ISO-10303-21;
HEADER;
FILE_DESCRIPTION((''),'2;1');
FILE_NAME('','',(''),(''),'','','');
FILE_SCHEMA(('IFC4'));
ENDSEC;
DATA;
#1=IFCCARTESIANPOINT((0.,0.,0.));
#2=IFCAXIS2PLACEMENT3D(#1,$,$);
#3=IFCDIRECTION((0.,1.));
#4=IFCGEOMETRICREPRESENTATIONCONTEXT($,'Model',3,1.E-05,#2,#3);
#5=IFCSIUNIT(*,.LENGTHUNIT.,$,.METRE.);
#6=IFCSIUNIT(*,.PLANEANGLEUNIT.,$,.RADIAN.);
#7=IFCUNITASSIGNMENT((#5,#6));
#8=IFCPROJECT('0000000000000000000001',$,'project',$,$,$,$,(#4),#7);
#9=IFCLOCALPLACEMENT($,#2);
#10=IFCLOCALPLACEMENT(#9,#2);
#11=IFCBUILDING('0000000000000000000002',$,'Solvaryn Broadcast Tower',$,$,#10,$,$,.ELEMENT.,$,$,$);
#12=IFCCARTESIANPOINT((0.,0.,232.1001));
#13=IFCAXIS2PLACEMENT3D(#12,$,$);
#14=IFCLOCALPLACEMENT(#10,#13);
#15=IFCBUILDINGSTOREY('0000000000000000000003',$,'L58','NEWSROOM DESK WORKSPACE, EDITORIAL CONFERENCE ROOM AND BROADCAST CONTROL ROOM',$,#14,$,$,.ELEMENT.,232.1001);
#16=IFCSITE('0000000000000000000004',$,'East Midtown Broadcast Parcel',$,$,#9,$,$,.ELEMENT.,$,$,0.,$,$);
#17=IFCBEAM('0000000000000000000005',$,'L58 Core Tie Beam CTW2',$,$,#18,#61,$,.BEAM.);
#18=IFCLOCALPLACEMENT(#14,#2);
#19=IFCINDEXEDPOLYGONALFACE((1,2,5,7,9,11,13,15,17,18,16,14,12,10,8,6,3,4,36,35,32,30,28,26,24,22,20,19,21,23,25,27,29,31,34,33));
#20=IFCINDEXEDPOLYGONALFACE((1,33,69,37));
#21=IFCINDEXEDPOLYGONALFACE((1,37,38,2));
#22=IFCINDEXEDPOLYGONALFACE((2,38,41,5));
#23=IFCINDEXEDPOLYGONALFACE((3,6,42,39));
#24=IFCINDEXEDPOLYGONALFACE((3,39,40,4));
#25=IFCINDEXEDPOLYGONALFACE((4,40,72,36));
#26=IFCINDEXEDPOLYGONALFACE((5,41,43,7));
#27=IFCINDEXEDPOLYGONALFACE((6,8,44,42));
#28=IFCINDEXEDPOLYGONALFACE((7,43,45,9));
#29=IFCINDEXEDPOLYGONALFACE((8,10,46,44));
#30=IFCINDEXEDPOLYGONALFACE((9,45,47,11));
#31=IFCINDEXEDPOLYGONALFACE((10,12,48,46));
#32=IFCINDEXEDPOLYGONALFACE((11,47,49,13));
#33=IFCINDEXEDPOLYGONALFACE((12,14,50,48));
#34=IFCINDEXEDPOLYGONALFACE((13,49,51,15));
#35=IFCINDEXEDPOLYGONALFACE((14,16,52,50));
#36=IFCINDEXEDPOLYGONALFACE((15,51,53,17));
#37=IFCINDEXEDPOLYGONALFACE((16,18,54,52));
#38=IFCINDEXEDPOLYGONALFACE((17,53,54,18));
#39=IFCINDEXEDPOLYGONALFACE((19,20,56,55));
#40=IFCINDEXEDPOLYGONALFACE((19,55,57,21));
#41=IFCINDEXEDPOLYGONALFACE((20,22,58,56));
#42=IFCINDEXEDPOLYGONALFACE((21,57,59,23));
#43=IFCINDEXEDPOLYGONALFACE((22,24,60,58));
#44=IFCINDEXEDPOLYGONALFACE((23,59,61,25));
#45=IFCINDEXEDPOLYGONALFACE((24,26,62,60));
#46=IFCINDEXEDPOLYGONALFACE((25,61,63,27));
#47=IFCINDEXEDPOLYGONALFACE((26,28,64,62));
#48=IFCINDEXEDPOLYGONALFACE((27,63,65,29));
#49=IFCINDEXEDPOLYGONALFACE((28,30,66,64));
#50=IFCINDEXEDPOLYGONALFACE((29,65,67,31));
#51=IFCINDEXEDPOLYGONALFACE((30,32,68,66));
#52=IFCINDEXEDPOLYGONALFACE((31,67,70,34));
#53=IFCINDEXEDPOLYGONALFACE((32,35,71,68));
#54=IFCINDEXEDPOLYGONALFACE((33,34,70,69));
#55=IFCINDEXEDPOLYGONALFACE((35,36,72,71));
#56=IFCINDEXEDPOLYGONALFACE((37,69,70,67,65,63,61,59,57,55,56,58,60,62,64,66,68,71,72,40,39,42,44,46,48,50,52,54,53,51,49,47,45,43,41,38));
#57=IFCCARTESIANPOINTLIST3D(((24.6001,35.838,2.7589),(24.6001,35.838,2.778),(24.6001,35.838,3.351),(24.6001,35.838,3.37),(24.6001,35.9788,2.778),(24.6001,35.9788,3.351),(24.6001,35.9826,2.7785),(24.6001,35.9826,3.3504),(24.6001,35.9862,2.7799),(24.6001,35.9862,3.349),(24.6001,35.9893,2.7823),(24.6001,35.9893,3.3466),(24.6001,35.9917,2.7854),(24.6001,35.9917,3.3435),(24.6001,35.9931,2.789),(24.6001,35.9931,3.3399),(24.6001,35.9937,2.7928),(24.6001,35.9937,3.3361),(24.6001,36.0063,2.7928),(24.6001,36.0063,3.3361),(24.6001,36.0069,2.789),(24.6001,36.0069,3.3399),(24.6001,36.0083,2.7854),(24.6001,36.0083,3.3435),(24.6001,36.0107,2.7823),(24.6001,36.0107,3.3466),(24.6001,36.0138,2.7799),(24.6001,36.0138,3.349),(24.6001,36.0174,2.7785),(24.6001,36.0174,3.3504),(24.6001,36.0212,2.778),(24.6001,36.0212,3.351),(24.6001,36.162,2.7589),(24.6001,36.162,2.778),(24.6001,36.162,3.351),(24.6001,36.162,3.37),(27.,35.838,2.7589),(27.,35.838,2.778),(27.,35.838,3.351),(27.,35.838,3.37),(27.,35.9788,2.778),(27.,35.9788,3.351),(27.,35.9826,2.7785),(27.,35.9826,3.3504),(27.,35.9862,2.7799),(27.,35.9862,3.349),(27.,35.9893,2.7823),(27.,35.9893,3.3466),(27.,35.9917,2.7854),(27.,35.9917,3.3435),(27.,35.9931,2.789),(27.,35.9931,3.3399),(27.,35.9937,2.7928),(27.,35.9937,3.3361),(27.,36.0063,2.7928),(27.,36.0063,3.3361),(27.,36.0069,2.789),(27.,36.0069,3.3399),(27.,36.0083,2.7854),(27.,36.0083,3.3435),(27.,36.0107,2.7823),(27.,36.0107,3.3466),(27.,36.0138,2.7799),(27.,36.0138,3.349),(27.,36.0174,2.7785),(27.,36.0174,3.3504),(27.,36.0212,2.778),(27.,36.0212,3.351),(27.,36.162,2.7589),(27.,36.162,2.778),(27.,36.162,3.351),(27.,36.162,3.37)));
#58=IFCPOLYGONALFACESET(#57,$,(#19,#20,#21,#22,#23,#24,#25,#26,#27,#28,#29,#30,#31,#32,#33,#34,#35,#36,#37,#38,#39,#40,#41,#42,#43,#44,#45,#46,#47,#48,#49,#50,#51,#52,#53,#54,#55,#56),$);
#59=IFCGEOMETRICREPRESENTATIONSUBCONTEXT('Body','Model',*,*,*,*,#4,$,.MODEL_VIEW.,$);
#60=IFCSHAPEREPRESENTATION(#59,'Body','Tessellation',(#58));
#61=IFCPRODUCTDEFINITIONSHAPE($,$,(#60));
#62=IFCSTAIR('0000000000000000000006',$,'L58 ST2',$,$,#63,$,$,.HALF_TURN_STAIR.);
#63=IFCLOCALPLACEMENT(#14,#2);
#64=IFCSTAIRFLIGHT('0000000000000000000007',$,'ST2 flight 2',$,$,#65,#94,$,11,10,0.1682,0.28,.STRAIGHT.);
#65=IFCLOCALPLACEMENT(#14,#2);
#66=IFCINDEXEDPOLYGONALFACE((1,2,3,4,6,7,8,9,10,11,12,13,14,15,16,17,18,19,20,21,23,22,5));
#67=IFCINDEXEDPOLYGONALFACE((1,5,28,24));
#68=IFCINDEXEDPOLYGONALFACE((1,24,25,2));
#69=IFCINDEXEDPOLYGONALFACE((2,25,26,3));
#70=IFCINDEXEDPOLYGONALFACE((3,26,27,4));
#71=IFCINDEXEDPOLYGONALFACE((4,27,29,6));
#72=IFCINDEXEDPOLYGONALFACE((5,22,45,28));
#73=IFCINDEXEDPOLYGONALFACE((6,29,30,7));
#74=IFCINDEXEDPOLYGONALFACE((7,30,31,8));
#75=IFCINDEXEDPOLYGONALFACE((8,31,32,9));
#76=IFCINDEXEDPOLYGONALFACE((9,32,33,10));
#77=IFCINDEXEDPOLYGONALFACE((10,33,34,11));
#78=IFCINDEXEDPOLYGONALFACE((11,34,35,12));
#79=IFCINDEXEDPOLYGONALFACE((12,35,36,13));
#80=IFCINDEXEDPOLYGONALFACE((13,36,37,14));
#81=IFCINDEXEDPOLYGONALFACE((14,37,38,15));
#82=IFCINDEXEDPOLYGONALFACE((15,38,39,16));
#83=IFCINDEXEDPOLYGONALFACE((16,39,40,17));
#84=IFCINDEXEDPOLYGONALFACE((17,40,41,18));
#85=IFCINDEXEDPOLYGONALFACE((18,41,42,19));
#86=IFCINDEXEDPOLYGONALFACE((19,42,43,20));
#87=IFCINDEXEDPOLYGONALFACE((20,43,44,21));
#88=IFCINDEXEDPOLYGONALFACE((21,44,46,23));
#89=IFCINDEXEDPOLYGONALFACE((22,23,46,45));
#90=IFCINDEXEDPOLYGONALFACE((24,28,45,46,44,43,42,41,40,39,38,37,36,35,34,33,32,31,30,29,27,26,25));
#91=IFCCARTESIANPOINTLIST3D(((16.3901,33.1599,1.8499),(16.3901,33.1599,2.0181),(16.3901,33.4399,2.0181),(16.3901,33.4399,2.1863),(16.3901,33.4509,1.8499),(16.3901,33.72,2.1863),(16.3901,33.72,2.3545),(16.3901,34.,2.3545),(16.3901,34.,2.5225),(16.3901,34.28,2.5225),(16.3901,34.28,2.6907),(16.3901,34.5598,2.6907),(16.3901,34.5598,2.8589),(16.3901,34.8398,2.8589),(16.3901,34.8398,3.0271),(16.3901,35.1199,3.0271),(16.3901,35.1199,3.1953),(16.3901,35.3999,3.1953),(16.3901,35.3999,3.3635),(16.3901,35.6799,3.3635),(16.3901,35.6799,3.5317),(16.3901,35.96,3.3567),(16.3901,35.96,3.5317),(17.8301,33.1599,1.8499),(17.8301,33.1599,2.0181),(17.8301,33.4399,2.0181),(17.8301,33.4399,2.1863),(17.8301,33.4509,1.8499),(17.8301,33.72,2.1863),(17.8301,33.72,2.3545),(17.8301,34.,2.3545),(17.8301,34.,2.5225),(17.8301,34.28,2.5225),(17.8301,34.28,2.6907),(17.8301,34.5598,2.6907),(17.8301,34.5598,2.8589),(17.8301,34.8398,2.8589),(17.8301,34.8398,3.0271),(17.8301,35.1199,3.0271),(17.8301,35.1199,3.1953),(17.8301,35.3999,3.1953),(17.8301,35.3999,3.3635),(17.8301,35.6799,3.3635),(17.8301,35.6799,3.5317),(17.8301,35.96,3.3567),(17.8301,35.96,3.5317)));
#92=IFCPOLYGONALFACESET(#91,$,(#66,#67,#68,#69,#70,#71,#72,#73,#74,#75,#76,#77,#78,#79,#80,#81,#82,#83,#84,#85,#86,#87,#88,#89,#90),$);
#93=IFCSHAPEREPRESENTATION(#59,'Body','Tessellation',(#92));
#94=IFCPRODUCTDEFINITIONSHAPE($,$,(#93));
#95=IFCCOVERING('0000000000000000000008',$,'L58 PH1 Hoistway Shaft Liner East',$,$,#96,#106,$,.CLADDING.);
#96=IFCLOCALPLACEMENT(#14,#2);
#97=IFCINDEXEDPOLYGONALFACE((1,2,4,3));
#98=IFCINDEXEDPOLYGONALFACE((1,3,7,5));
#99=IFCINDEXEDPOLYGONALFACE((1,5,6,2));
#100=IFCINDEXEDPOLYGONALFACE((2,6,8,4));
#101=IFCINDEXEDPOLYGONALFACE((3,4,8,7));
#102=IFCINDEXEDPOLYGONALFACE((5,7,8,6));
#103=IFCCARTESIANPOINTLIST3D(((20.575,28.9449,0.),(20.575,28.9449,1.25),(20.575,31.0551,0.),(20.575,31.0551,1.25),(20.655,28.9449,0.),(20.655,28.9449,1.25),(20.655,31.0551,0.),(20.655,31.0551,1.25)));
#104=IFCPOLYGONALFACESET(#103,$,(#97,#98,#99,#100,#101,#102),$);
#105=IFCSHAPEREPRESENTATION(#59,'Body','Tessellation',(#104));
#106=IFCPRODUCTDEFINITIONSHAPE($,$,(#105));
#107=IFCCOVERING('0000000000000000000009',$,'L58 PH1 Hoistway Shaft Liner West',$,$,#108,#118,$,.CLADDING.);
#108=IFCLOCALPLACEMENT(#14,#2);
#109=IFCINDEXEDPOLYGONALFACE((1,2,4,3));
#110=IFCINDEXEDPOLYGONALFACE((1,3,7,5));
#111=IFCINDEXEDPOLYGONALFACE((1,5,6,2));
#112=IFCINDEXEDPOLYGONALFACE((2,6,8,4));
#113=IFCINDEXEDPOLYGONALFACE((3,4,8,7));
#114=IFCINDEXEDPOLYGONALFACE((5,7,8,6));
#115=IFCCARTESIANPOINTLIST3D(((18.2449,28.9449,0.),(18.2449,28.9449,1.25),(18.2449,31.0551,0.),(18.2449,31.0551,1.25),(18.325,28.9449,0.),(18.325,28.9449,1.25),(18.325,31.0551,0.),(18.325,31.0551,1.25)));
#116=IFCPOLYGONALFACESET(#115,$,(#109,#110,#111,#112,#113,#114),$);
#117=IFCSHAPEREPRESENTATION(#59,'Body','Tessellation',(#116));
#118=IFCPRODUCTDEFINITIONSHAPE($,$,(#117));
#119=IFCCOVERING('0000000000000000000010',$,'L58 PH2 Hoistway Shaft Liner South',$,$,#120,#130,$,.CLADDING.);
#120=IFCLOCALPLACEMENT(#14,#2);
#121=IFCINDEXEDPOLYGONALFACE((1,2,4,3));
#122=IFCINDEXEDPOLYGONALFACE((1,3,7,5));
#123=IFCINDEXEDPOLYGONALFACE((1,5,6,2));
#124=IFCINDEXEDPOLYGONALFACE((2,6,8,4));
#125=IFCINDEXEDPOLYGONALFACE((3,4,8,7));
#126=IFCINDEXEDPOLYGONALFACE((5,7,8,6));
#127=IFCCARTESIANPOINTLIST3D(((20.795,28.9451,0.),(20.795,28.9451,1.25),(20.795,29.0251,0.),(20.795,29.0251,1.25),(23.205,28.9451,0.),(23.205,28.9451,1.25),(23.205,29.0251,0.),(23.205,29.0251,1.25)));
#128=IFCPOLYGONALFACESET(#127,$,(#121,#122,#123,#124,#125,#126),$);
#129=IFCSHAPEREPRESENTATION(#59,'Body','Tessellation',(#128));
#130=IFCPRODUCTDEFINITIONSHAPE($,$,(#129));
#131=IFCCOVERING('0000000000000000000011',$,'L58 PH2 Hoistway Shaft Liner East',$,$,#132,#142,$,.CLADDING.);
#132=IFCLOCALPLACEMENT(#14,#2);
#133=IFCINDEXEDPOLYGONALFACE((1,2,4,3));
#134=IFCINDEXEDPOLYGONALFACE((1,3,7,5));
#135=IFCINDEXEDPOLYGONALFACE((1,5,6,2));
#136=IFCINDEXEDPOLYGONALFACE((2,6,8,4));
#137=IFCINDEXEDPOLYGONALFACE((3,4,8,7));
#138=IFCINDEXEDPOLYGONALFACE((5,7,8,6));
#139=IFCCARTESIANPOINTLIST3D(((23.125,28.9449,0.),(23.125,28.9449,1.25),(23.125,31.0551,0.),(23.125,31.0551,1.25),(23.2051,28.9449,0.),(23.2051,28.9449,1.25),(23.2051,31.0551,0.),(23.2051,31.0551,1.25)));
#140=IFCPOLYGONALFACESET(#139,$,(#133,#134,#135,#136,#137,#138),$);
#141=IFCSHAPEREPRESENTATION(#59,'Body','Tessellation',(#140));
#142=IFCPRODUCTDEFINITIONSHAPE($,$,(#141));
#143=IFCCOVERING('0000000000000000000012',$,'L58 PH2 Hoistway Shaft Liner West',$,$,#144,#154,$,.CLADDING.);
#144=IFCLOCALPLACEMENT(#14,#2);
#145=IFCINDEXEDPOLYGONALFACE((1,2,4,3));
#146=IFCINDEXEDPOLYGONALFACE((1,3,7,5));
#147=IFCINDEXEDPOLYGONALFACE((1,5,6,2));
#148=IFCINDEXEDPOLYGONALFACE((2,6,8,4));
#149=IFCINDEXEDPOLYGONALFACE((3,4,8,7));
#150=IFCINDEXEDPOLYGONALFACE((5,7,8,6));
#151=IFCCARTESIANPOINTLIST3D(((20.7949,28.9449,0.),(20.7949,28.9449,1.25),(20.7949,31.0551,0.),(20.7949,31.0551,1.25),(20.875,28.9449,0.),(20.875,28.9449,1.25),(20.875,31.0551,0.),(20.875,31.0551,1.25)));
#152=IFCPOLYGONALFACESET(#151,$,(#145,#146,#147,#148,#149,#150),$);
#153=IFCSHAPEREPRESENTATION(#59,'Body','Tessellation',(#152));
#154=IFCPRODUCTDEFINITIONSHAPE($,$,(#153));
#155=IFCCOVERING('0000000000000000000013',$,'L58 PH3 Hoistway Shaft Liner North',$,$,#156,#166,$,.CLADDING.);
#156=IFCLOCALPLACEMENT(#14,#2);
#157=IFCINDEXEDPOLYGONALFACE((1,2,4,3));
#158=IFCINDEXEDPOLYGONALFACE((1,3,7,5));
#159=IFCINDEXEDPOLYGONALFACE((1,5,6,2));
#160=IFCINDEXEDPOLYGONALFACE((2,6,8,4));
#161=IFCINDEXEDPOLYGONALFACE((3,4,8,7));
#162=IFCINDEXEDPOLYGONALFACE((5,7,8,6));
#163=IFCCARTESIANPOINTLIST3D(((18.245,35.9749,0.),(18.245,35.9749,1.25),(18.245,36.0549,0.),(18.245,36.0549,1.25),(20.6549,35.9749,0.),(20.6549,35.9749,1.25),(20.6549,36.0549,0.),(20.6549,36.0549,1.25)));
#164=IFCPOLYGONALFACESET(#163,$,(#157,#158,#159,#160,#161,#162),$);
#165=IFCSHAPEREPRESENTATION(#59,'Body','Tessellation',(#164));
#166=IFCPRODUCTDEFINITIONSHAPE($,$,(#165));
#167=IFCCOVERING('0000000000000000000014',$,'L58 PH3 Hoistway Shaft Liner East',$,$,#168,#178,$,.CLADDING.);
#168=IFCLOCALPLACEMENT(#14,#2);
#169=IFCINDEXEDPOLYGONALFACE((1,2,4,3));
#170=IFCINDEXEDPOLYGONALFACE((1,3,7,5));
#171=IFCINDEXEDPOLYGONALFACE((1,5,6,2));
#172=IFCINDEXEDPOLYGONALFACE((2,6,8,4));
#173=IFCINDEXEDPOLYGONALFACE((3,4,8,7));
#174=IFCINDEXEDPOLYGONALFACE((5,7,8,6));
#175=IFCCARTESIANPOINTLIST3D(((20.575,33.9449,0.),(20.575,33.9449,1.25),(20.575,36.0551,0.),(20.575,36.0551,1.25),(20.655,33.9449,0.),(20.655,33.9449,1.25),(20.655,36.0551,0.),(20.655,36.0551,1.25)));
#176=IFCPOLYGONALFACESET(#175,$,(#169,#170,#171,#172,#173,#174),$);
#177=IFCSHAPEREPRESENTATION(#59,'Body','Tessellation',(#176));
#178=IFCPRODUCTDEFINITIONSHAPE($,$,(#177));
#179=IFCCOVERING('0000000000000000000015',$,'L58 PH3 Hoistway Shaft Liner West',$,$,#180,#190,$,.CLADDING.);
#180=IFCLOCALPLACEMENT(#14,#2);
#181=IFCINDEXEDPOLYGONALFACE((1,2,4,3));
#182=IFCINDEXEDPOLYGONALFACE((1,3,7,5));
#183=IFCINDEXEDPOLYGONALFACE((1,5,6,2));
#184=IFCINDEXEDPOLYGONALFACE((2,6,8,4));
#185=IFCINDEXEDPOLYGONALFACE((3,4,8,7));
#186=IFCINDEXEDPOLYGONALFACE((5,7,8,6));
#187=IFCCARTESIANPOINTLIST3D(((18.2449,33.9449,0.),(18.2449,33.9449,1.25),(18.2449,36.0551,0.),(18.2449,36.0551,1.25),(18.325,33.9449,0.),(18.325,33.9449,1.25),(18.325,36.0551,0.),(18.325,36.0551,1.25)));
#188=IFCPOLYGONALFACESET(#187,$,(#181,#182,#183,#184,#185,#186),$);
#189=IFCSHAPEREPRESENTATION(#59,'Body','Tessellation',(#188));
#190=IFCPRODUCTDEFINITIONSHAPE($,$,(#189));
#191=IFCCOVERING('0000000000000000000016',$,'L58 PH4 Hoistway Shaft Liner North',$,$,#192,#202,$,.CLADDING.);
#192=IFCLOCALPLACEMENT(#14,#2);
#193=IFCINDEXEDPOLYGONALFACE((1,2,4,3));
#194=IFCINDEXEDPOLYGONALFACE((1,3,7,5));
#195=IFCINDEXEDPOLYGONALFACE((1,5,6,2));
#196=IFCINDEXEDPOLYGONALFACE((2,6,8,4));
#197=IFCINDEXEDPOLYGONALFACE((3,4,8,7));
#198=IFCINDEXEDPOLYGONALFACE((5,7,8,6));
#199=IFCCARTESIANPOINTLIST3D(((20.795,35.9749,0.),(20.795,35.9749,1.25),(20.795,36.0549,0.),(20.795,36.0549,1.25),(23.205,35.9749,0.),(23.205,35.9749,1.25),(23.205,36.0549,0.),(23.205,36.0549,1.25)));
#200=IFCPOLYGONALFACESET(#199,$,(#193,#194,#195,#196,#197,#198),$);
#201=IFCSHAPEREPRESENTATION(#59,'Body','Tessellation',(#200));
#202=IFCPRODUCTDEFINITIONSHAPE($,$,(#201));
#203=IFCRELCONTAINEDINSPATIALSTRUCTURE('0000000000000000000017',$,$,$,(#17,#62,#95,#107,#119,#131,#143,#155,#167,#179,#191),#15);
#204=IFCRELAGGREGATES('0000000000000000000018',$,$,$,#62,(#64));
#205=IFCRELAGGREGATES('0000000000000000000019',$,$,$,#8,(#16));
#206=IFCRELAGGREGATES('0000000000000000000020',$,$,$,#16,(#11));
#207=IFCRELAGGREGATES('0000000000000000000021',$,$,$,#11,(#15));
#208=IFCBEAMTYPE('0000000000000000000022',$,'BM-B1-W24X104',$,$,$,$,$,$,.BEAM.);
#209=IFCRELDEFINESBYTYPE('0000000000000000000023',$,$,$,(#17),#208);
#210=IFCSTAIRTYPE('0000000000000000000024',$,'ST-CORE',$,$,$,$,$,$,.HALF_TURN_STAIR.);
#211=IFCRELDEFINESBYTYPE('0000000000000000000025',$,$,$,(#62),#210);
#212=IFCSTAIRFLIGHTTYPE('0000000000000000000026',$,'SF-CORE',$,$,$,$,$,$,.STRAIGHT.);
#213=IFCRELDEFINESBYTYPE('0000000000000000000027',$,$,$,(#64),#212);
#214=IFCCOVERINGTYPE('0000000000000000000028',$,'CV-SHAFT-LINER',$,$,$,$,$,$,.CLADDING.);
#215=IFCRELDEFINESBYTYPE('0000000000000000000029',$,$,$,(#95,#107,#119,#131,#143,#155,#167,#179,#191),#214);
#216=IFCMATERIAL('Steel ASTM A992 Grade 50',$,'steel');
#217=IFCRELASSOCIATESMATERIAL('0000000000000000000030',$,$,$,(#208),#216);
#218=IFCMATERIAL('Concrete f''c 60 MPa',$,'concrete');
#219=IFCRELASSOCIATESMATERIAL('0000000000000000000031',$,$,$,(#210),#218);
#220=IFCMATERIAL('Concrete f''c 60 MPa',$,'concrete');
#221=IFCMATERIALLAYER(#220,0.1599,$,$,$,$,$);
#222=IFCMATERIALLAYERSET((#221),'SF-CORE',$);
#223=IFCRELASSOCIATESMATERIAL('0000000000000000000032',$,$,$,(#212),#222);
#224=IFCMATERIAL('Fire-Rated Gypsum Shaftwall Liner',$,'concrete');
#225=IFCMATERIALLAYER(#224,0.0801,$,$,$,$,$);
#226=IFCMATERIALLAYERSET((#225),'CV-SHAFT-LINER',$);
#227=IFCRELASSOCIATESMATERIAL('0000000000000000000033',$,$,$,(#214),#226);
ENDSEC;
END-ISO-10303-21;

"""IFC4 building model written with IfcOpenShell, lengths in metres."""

from ifc_helpers import new_model, si_unit, direction, frame, origin, origin_2d, place, context, subcontext, project, spatial, polyline, rectangle, i_section, outline, extrude, material, layer, layer_set, material_profile, profile_set, type_object, element, aggregate, save


model = new_model("IFC4")

# Units and contexts
model_context = context("Model", 3, precision=1e-05, world=origin(), true_north=direction((0.0, 1.0)))
body_context = subcontext(model_context, "Body", "Model", "MODEL_VIEW")
ifc_project = project(units=[si_unit("LENGTHUNIT", "METRE"), si_unit("PLANEANGLEUNIT", "RADIAN")], contexts=[model_context])

# Site, building, storey
site_placement = place(None, origin())
site = spatial("IfcSite", under=ifc_project, at=site_placement, Name="East Midtown Broadcast Parcel", CompositionType="ELEMENT", RefElevation=0.0)
building_placement = place(site_placement, origin())
building = spatial("IfcBuilding", under=site, at=building_placement, Name="Solvaryn Broadcast Tower", CompositionType="ELEMENT")
storey_placement = place(building_placement, frame((0.0, 0.0, 232.1001)))
storey = spatial("IfcBuildingStorey", under=building, at=storey_placement, Name="L58", Description="NEWSROOM DESK WORKSPACE, EDITORIAL CONFERENCE ROOM AND BROADCAST CONTROL ROOM", CompositionType="ELEMENT", Elevation=232.1001)

# Beam
ifc_material_1 = material(Name="Steel ASTM A992 Grade 50", Category="steel")
ifc_material_profile = material_profile(ifc_material_1, i_section(OverallWidth=0.324, OverallDepth=0.6111, WebThickness=0.0127, FlangeThickness=0.019, FilletRadius=0.0149, at=origin_2d()))
ifc_profile_set = profile_set([ifc_material_profile], Name="Steel ASTM A992 Grade 50")
beam_type = type_object("IfcBeamType", Name="BM-B1-W24X104", PredefinedType="BEAM", material=ifc_profile_set)
beam_placement = place(storey_placement, frame((24.6001, 36.0, 3.0645), z_axis=(1.0, 0.0, 0.0), x_axis=(0.0, 1.0, 0.0)))
element("IfcBeam", 1, at=beam_placement, inside=storey, type_object=beam_type, Name="L58 Core Tie Beam CTW2", PredefinedType="BEAM", context=body_context, shape_type="SweptSolid", body=[
    extrude(i_section(OverallWidth=0.324, OverallDepth=0.6111, WebThickness=0.0127, FlangeThickness=0.019, FilletRadius=0.0149, at=origin_2d()), origin(), (0.0, 0.0, 1.0), 2.3999),
])

# Stair, stair flight
ifc_material_2 = material(Name="Concrete f'c 60 MPa", Category="concrete")
stair_type = type_object("IfcStairType", Name="ST-CORE", PredefinedType="HALF_TURN_STAIR", material=ifc_material_2)
stair_placement = place(storey_placement, origin())
stair = element("IfcStair", 2, at=stair_placement, inside=storey, type_object=stair_type, Name="L58 ST2", PredefinedType="HALF_TURN_STAIR")
ifc_material_3 = material(Name="Concrete f'c 60 MPa", Category="concrete")
ifc_layer_1 = layer(ifc_material_3, 0.1599)
ifc_layer_set_1 = layer_set([ifc_layer_1], Name="SF-CORE")
stair_flight_type = type_object("IfcStairFlightType", Name="SF-CORE", PredefinedType="STRAIGHT", material=ifc_layer_set_1)
stair_flight_placement = place(storey_placement, frame((17.1101, 33.1599, 1.8499), z_axis=(0.0, 0.0, 1.0), x_axis=(0.0, 1.0, 0.0)))
stair_flight = element("IfcStairFlight", 3, at=stair_flight_placement, type_object=stair_flight_type, Name="ST2 flight 2", NumberOfRisers=11, NumberOfTreads=10, PredefinedType="STRAIGHT", RiserHeight=0.1682, TreadLength=0.28, context=body_context, shape_type="SweptSolid", body=[
    extrude(outline(polyline([(0.0, 0.0), (0.0, 0.1682), (0.28, 0.1682), (0.28, 0.3364), (0.5601, 0.3364), (0.5601, 0.5046), (0.8401, 0.5046), (0.8401, 0.6726), (1.1201, 0.6726), (1.1201, 0.8408), (1.3999, 0.8408), (1.3999, 1.009), (1.6799, 1.009), (1.6799, 1.1772), (1.96, 1.1772), (1.96, 1.3455), (2.24, 1.3455), (2.24, 1.5137), (2.52, 1.5137), (2.52, 1.6819), (2.8, 1.6819), (2.8, 1.8501), (2.8, 1.5068), (0.291, 0.0), (0.0, 0.0)])), frame((0.0, 0.72, 0.0), z_axis=(0.0, -1.0, 0.0), x_axis=(1.0, 0.0, 0.0)), (0.0, 0.0, 1.0), 1.4399),
])
aggregate(stair, [stair_flight])

# Coverings
ifc_material_4 = material(Name="Fire-Rated Gypsum Shaftwall Liner", Category="concrete")
ifc_layer_2 = layer(ifc_material_4, 0.0801)
ifc_layer_set_2 = layer_set([ifc_layer_2], Name="CV-SHAFT-LINER")
covering_type = type_object("IfcCoveringType", Name="CV-SHAFT-LINER", PredefinedType="CLADDING", material=ifc_layer_set_2)
for number, where, z_axis, x_axis, name in (
    (4, (20.615, 30.0, 0.0), (0.0, 0.0, 1.0), (1.0, 0.0, 0.0), "L58 PH1 Hoistway Shaft Liner East"),
    (5, (18.2849, 30.0, 0.0), (0.0, 0.0, 1.0), (1.0, 0.0, 0.0), "L58 PH1 Hoistway Shaft Liner West"),
):
    element("IfcCovering", number, at=place(storey_placement, frame(where, z_axis=z_axis, x_axis=x_axis)), inside=storey, type_object=covering_type, Name=name, PredefinedType="CLADDING", context=body_context, shape_type="SweptSolid", body=[
        extrude(rectangle(XDim=0.0801, YDim=2.1101, at=origin_2d()), origin(), (0.0, 0.0, 1.0), 1.25),
    ])
covering_1_placement = place(storey_placement, frame((22.0, 28.9851, 0.0), z_axis=(0.0, 0.0, 1.0), x_axis=(1.0, 0.0, 0.0)))
element("IfcCovering", 6, at=covering_1_placement, inside=storey, type_object=covering_type, Name="L58 PH2 Hoistway Shaft Liner South", PredefinedType="CLADDING", context=body_context, shape_type="SweptSolid", body=[
    extrude(rectangle(XDim=2.4099, YDim=0.0801, at=origin_2d()), origin(), (0.0, 0.0, 1.0), 1.25),
])
for number, where, z_axis, x_axis, name in (
    (7, (23.165, 30.0, 0.0), (0.0, 0.0, 1.0), (1.0, 0.0, 0.0), "L58 PH2 Hoistway Shaft Liner East"),
    (8, (20.835, 30.0, 0.0), (0.0, 0.0, 1.0), (1.0, 0.0, 0.0), "L58 PH2 Hoistway Shaft Liner West"),
):
    element("IfcCovering", number, at=place(storey_placement, frame(where, z_axis=z_axis, x_axis=x_axis)), inside=storey, type_object=covering_type, Name=name, PredefinedType="CLADDING", context=body_context, shape_type="SweptSolid", body=[
        extrude(rectangle(XDim=0.0801, YDim=2.1101, at=origin_2d()), origin(), (0.0, 0.0, 1.0), 1.25),
    ])
covering_2_placement = place(storey_placement, frame((19.45, 36.0149, 0.0), z_axis=(0.0, 0.0, 1.0), x_axis=(1.0, 0.0, 0.0)))
element("IfcCovering", 9, at=covering_2_placement, inside=storey, type_object=covering_type, Name="L58 PH3 Hoistway Shaft Liner North", PredefinedType="CLADDING", context=body_context, shape_type="SweptSolid", body=[
    extrude(rectangle(XDim=2.4099, YDim=0.0801, at=origin_2d()), origin(), (0.0, 0.0, 1.0), 1.25),
])
for number, where, z_axis, x_axis, name in (
    (10, (20.615, 35.0, 0.0), (0.0, 0.0, 1.0), (1.0, 0.0, 0.0), "L58 PH3 Hoistway Shaft Liner East"),
    (11, (18.2849, 35.0, 0.0), (0.0, 0.0, 1.0), (1.0, 0.0, 0.0), "L58 PH3 Hoistway Shaft Liner West"),
):
    element("IfcCovering", number, at=place(storey_placement, frame(where, z_axis=z_axis, x_axis=x_axis)), inside=storey, type_object=covering_type, Name=name, PredefinedType="CLADDING", context=body_context, shape_type="SweptSolid", body=[
        extrude(rectangle(XDim=0.0801, YDim=2.1101, at=origin_2d()), origin(), (0.0, 0.0, 1.0), 1.25),
    ])
covering_3_placement = place(storey_placement, frame((22.0, 36.0149, 0.0), z_axis=(0.0, 0.0, 1.0), x_axis=(1.0, 0.0, 0.0)))
element("IfcCovering", 12, at=covering_3_placement, inside=storey, type_object=covering_type, Name="L58 PH4 Hoistway Shaft Liner North", PredefinedType="CLADDING", context=body_context, shape_type="SweptSolid", body=[
    extrude(rectangle(XDim=2.4099, YDim=0.0801, at=origin_2d()), origin(), (0.0, 0.0, 1.0), 1.25),
])

save(model, "model.ifc")
